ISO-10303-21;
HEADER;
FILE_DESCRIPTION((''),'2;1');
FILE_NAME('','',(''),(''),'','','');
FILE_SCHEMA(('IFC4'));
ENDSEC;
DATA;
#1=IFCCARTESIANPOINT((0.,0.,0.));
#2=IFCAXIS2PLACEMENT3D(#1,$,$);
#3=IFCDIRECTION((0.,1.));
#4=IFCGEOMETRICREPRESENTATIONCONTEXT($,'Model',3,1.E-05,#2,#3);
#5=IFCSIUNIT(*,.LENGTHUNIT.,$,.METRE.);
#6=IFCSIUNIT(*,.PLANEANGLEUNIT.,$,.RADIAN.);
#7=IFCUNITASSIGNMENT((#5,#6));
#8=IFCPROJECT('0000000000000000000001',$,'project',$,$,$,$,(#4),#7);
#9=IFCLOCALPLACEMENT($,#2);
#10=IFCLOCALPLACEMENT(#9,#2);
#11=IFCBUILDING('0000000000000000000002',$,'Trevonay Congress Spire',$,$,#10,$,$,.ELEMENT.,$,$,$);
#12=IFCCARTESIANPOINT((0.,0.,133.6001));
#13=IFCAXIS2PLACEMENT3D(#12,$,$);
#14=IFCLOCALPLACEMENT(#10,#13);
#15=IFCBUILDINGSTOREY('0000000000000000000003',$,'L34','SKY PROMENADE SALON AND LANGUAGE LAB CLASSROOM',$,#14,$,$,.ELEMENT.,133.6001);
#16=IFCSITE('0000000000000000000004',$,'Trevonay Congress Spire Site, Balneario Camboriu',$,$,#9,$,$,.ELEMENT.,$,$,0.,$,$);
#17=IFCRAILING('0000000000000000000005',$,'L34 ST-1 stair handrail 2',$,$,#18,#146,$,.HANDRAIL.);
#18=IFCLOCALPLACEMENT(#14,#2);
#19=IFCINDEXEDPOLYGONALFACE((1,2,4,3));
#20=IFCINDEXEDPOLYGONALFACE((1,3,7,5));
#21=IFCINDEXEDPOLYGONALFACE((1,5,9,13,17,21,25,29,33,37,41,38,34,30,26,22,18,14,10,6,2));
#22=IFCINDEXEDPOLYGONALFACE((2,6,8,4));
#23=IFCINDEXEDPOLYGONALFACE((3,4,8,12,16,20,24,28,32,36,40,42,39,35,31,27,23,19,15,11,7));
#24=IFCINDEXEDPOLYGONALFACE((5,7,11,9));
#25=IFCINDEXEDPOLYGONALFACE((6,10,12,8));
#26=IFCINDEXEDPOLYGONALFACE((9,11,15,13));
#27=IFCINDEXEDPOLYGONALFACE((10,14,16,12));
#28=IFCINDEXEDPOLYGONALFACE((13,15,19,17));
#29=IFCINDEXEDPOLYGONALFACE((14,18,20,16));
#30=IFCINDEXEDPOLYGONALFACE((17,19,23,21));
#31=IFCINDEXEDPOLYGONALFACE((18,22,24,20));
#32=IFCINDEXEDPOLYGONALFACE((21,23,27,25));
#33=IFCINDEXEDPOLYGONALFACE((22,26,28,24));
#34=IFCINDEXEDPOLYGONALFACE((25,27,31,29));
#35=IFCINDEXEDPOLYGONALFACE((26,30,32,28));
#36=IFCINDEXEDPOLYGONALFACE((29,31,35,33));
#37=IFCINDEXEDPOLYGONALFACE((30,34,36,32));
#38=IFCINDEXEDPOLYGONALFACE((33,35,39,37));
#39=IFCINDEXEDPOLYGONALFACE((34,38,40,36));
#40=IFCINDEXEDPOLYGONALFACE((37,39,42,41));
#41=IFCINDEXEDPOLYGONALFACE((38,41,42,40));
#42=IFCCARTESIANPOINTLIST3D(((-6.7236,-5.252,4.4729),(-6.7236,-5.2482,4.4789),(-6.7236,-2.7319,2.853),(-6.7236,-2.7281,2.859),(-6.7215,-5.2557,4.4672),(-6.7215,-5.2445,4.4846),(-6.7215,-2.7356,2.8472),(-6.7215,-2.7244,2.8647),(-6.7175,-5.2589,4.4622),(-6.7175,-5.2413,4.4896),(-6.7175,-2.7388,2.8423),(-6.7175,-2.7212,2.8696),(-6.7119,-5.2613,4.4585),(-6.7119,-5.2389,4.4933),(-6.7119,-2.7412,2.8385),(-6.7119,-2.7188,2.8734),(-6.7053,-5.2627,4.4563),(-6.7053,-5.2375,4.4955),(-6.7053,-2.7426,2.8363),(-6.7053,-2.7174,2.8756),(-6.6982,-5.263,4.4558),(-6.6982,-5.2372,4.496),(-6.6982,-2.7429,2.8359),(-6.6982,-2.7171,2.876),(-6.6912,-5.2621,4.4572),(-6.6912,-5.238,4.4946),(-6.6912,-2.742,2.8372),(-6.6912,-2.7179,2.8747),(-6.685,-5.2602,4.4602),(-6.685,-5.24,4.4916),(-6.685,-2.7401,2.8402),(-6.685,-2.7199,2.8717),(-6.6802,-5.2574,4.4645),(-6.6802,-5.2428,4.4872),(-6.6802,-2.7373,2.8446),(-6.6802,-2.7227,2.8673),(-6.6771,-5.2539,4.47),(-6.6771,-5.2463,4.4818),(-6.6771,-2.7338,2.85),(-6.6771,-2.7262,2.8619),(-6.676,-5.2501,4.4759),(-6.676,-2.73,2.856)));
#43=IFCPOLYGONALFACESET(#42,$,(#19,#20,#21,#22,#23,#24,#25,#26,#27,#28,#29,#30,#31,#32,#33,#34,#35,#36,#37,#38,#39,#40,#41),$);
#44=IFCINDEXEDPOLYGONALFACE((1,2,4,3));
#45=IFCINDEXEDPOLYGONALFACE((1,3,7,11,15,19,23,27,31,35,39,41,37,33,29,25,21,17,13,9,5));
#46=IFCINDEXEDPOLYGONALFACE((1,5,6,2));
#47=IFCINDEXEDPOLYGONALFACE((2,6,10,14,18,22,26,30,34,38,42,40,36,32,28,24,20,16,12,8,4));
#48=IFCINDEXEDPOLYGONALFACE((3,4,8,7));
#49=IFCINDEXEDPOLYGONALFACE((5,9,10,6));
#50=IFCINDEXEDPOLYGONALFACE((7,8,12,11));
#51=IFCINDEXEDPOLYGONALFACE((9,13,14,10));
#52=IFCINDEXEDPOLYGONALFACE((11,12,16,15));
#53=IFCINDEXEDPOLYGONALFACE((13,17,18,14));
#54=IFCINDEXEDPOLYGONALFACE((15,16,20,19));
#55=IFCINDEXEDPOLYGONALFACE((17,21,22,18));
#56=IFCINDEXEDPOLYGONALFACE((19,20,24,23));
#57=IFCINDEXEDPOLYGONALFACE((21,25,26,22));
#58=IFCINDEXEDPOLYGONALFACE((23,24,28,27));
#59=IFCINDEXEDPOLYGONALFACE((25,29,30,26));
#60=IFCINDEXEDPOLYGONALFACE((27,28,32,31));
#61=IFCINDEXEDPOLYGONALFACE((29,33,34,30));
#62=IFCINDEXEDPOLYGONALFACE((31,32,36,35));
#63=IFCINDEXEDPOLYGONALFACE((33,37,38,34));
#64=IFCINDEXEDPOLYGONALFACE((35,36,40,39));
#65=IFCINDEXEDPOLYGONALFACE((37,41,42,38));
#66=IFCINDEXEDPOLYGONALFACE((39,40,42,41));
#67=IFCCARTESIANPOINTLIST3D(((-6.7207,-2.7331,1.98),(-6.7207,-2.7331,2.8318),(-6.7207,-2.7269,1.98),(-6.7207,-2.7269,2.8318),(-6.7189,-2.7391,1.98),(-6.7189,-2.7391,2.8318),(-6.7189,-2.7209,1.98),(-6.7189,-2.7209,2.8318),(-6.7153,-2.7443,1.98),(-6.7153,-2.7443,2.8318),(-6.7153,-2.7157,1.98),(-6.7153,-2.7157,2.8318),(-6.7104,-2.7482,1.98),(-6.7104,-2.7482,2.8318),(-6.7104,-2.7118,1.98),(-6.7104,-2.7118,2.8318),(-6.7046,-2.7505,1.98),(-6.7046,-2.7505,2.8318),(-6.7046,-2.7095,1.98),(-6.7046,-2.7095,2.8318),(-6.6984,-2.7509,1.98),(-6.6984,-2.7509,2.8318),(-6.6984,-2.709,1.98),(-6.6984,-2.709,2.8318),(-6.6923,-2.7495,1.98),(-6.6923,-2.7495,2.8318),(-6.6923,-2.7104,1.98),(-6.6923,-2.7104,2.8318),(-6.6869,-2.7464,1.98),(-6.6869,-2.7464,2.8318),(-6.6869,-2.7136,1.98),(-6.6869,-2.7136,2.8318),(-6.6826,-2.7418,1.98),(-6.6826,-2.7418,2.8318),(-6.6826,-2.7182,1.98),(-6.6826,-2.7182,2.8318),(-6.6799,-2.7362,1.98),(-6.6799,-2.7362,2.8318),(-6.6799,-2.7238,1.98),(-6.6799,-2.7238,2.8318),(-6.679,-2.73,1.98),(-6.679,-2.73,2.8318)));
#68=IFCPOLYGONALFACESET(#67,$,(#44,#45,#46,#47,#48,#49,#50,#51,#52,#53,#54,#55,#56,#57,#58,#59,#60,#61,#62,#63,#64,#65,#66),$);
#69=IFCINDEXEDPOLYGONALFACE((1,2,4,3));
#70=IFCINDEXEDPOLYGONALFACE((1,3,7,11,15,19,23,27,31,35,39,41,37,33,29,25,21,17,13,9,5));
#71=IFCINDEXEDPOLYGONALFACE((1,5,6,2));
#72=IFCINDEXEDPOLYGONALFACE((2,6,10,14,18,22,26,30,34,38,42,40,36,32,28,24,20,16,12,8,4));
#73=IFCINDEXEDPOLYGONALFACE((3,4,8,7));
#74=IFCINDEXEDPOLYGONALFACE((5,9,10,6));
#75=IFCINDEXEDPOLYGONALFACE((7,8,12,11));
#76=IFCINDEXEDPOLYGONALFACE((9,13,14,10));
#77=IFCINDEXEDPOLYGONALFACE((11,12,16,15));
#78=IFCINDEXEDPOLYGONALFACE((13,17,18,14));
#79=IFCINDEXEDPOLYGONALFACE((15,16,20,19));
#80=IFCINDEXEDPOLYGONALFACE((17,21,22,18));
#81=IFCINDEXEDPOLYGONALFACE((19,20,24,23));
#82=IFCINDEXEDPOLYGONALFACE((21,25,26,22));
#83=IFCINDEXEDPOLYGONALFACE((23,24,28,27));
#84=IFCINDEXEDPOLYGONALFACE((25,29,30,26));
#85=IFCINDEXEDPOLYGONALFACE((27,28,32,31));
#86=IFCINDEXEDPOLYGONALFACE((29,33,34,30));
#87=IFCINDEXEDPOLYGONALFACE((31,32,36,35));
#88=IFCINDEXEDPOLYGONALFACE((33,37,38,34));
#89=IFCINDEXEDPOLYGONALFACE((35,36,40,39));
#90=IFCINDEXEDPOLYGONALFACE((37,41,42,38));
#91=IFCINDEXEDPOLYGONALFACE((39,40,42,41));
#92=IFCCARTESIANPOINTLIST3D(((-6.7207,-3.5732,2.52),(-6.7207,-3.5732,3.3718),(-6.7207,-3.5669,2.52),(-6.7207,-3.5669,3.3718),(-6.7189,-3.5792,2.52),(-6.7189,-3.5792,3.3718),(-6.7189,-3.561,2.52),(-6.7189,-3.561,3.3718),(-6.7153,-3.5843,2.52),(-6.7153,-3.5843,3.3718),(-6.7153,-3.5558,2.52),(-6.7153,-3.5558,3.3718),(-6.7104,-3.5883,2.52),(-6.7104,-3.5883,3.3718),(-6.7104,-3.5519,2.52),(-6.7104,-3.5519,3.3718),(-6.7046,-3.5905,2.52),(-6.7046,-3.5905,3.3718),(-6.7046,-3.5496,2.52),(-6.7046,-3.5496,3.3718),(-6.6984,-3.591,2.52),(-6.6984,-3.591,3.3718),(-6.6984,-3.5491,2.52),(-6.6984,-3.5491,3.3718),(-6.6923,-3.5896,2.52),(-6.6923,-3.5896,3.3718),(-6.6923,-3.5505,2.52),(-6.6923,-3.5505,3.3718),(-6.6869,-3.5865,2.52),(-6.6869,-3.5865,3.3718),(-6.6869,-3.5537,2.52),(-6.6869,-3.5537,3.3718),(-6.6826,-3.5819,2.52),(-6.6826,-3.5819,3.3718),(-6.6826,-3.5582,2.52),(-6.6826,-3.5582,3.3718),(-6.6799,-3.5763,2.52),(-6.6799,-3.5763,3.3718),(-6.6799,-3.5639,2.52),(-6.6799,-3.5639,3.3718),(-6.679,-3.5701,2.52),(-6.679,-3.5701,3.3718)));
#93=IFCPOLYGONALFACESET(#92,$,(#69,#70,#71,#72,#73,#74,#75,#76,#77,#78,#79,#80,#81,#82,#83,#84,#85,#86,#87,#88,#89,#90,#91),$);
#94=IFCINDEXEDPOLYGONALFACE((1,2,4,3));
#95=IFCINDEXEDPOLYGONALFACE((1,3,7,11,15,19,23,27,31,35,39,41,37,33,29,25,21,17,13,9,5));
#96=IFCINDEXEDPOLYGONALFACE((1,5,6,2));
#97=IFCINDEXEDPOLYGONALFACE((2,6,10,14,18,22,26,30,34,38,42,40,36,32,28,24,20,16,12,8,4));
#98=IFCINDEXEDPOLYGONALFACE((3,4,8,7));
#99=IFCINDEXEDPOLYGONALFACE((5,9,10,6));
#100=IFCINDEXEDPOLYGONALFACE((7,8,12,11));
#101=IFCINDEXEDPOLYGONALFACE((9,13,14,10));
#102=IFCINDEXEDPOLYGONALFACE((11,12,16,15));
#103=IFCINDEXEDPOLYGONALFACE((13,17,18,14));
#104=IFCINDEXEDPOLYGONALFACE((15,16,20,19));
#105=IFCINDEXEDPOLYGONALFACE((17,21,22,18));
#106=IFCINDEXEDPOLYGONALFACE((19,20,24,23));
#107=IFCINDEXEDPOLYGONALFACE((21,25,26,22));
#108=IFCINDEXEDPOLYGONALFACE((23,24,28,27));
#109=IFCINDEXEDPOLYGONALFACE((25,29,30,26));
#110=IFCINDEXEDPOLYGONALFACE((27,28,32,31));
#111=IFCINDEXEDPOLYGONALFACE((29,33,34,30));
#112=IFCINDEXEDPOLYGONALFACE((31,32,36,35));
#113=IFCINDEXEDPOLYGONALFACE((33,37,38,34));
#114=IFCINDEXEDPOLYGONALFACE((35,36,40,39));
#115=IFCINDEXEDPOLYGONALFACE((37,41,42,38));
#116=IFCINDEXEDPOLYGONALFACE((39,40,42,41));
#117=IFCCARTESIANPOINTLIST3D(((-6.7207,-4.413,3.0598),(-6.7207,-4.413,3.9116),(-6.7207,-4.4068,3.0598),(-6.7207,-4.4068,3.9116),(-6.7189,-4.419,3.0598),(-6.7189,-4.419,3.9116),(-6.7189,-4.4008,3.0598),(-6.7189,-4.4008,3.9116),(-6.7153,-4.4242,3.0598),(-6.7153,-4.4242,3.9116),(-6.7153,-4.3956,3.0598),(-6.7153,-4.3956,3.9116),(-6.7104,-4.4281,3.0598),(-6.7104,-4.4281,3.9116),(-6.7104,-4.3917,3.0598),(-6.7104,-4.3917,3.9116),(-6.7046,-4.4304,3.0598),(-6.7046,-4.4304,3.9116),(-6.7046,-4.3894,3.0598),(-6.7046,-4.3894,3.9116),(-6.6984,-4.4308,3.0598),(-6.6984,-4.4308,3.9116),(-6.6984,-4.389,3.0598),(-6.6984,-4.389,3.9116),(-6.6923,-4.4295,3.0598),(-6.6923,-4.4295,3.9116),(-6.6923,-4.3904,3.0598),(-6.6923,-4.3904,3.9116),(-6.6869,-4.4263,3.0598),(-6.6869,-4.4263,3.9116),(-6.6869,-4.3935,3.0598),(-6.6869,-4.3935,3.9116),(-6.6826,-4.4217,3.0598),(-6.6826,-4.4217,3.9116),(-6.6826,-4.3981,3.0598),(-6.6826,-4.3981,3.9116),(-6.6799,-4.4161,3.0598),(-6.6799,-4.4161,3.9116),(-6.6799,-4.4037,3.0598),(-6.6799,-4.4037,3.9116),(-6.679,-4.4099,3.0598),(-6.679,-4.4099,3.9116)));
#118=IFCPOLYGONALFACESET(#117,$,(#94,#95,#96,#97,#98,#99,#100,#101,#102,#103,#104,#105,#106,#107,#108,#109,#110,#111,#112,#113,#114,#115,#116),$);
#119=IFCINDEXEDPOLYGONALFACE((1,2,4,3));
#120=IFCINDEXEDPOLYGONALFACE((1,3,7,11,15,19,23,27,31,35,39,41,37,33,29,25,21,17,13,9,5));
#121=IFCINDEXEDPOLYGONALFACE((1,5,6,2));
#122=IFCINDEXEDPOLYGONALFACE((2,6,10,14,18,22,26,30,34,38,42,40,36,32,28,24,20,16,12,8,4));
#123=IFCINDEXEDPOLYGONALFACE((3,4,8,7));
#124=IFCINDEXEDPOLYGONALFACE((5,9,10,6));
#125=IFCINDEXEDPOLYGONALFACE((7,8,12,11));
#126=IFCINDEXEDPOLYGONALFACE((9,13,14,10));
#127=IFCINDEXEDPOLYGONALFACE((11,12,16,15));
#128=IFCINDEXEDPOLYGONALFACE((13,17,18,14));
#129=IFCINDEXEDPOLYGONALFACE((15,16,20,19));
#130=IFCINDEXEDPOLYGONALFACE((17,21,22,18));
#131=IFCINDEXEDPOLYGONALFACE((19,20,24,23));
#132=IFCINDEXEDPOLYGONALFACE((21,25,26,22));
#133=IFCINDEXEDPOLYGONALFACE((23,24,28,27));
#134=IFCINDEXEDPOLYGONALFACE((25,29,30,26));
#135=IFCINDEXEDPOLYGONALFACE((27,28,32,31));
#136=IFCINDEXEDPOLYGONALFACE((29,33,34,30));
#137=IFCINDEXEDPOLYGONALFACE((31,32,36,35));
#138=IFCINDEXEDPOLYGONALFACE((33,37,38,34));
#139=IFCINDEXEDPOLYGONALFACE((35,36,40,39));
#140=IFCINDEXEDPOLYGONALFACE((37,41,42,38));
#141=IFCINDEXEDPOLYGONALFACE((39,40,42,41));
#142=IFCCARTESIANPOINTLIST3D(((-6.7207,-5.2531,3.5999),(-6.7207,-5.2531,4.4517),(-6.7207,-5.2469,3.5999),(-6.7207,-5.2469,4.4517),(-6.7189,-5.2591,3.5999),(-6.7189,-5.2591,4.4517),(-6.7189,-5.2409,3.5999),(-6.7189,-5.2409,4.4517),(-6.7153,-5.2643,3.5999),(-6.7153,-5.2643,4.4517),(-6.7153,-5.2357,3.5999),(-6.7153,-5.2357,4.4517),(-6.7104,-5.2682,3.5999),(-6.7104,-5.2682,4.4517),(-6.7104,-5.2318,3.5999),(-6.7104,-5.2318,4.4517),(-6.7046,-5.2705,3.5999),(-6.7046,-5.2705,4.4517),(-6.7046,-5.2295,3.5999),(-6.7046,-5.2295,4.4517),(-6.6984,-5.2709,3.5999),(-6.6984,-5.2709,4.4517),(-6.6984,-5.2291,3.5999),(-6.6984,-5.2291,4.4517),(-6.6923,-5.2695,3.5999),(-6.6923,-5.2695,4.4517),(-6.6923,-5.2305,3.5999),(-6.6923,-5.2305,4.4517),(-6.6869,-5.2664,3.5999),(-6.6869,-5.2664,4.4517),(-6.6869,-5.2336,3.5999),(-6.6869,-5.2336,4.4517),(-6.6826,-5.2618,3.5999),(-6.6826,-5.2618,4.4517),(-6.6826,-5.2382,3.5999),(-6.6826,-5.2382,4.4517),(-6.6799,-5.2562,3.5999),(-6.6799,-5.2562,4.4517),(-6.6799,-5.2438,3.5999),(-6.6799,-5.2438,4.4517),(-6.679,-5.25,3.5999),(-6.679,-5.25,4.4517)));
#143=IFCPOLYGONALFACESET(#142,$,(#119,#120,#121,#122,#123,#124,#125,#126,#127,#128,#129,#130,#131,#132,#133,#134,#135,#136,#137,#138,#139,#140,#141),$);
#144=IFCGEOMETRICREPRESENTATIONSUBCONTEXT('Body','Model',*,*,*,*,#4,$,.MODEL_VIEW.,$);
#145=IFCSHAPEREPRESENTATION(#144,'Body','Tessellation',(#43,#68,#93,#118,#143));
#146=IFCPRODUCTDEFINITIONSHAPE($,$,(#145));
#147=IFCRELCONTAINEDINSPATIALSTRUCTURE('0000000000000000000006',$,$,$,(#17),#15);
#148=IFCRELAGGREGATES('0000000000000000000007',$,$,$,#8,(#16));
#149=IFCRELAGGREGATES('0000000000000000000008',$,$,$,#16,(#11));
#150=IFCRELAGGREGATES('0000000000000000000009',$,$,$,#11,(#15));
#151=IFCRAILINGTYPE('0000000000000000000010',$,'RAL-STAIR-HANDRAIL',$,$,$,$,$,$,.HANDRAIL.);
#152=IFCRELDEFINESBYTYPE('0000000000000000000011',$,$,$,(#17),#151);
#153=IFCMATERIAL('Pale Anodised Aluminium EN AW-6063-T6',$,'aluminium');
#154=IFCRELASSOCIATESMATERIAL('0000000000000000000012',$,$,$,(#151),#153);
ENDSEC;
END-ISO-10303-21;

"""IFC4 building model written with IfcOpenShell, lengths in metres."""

from ifc_helpers import new_model, si_unit, direction, frame, origin, origin_2d, place, context, subcontext, project, spatial, circle, extrude, material, type_object, element, save


model = new_model("IFC4")

# Units and contexts
model_context = context("Model", 3, precision=1e-05, world=origin(), true_north=direction((0.0, 1.0)))
body_context = subcontext(model_context, "Body", "Model", "MODEL_VIEW")
ifc_project = project(units=[si_unit("LENGTHUNIT", "METRE"), si_unit("PLANEANGLEUNIT", "RADIAN")], contexts=[model_context])

# Site, building, storey
site_placement = place(None, origin())
site = spatial("IfcSite", under=ifc_project, at=site_placement, Name="Trevonay Congress Spire Site, Balneario Camboriu", CompositionType="ELEMENT", RefElevation=0.0)
building_placement = place(site_placement, origin())
building = spatial("IfcBuilding", under=site, at=building_placement, Name="Trevonay Congress Spire", CompositionType="ELEMENT")
storey_placement = place(building_placement, frame((0.0, 0.0, 133.6001)))
storey = spatial("IfcBuildingStorey", under=building, at=storey_placement, Name="L34", Description="SKY PROMENADE SALON AND LANGUAGE LAB CLASSROOM", CompositionType="ELEMENT", Elevation=133.6001)

# Railing
ifc_material_1 = material(Name="Pale Anodised Aluminium EN AW-6063-T6", Category="aluminium")
railing_type_1 = type_object("IfcRailingType", Name="RAL-STAIR-HANDRAIL", PredefinedType="HANDRAIL", material=ifc_material_1)
railing_1_placement = place(storey_placement, frame((-6.7, -2.73, 1.98)))
element("IfcRailing", 1, at=railing_1_placement, inside=storey, type_object=railing_type_1, Name="L34 ST-1 stair handrail 2", PredefinedType="HANDRAIL", context=body_context, shape_type="SweptSolid", body=[
    extrude(circle(Radius=0.0239, at=origin_2d()), frame((0.0, 0.0, 0.876), z_axis=(0.0, -0.8412, 0.540725), x_axis=(1.0, 0.0, 0.0)), (0.0, 0.0, 1.0), 2.9958),
    extrude(circle(Radius=0.021, at=origin_2d()), origin(), (0.0, 0.0, 1.0), 0.8518),
    extrude(circle(Radius=0.021, at=origin_2d()), frame((0.0, -0.8401, 0.54)), (0.0, 0.0, 1.0), 0.8518),
    extrude(circle(Radius=0.021, at=origin_2d()), frame((0.0, -1.6799, 1.0798)), (0.0, 0.0, 1.0), 0.8518),
    extrude(circle(Radius=0.021, at=origin_2d()), frame((0.0, -2.52, 1.6199)), (0.0, 0.0, 1.0), 0.8518),
])

save(model, "model.ifc")
